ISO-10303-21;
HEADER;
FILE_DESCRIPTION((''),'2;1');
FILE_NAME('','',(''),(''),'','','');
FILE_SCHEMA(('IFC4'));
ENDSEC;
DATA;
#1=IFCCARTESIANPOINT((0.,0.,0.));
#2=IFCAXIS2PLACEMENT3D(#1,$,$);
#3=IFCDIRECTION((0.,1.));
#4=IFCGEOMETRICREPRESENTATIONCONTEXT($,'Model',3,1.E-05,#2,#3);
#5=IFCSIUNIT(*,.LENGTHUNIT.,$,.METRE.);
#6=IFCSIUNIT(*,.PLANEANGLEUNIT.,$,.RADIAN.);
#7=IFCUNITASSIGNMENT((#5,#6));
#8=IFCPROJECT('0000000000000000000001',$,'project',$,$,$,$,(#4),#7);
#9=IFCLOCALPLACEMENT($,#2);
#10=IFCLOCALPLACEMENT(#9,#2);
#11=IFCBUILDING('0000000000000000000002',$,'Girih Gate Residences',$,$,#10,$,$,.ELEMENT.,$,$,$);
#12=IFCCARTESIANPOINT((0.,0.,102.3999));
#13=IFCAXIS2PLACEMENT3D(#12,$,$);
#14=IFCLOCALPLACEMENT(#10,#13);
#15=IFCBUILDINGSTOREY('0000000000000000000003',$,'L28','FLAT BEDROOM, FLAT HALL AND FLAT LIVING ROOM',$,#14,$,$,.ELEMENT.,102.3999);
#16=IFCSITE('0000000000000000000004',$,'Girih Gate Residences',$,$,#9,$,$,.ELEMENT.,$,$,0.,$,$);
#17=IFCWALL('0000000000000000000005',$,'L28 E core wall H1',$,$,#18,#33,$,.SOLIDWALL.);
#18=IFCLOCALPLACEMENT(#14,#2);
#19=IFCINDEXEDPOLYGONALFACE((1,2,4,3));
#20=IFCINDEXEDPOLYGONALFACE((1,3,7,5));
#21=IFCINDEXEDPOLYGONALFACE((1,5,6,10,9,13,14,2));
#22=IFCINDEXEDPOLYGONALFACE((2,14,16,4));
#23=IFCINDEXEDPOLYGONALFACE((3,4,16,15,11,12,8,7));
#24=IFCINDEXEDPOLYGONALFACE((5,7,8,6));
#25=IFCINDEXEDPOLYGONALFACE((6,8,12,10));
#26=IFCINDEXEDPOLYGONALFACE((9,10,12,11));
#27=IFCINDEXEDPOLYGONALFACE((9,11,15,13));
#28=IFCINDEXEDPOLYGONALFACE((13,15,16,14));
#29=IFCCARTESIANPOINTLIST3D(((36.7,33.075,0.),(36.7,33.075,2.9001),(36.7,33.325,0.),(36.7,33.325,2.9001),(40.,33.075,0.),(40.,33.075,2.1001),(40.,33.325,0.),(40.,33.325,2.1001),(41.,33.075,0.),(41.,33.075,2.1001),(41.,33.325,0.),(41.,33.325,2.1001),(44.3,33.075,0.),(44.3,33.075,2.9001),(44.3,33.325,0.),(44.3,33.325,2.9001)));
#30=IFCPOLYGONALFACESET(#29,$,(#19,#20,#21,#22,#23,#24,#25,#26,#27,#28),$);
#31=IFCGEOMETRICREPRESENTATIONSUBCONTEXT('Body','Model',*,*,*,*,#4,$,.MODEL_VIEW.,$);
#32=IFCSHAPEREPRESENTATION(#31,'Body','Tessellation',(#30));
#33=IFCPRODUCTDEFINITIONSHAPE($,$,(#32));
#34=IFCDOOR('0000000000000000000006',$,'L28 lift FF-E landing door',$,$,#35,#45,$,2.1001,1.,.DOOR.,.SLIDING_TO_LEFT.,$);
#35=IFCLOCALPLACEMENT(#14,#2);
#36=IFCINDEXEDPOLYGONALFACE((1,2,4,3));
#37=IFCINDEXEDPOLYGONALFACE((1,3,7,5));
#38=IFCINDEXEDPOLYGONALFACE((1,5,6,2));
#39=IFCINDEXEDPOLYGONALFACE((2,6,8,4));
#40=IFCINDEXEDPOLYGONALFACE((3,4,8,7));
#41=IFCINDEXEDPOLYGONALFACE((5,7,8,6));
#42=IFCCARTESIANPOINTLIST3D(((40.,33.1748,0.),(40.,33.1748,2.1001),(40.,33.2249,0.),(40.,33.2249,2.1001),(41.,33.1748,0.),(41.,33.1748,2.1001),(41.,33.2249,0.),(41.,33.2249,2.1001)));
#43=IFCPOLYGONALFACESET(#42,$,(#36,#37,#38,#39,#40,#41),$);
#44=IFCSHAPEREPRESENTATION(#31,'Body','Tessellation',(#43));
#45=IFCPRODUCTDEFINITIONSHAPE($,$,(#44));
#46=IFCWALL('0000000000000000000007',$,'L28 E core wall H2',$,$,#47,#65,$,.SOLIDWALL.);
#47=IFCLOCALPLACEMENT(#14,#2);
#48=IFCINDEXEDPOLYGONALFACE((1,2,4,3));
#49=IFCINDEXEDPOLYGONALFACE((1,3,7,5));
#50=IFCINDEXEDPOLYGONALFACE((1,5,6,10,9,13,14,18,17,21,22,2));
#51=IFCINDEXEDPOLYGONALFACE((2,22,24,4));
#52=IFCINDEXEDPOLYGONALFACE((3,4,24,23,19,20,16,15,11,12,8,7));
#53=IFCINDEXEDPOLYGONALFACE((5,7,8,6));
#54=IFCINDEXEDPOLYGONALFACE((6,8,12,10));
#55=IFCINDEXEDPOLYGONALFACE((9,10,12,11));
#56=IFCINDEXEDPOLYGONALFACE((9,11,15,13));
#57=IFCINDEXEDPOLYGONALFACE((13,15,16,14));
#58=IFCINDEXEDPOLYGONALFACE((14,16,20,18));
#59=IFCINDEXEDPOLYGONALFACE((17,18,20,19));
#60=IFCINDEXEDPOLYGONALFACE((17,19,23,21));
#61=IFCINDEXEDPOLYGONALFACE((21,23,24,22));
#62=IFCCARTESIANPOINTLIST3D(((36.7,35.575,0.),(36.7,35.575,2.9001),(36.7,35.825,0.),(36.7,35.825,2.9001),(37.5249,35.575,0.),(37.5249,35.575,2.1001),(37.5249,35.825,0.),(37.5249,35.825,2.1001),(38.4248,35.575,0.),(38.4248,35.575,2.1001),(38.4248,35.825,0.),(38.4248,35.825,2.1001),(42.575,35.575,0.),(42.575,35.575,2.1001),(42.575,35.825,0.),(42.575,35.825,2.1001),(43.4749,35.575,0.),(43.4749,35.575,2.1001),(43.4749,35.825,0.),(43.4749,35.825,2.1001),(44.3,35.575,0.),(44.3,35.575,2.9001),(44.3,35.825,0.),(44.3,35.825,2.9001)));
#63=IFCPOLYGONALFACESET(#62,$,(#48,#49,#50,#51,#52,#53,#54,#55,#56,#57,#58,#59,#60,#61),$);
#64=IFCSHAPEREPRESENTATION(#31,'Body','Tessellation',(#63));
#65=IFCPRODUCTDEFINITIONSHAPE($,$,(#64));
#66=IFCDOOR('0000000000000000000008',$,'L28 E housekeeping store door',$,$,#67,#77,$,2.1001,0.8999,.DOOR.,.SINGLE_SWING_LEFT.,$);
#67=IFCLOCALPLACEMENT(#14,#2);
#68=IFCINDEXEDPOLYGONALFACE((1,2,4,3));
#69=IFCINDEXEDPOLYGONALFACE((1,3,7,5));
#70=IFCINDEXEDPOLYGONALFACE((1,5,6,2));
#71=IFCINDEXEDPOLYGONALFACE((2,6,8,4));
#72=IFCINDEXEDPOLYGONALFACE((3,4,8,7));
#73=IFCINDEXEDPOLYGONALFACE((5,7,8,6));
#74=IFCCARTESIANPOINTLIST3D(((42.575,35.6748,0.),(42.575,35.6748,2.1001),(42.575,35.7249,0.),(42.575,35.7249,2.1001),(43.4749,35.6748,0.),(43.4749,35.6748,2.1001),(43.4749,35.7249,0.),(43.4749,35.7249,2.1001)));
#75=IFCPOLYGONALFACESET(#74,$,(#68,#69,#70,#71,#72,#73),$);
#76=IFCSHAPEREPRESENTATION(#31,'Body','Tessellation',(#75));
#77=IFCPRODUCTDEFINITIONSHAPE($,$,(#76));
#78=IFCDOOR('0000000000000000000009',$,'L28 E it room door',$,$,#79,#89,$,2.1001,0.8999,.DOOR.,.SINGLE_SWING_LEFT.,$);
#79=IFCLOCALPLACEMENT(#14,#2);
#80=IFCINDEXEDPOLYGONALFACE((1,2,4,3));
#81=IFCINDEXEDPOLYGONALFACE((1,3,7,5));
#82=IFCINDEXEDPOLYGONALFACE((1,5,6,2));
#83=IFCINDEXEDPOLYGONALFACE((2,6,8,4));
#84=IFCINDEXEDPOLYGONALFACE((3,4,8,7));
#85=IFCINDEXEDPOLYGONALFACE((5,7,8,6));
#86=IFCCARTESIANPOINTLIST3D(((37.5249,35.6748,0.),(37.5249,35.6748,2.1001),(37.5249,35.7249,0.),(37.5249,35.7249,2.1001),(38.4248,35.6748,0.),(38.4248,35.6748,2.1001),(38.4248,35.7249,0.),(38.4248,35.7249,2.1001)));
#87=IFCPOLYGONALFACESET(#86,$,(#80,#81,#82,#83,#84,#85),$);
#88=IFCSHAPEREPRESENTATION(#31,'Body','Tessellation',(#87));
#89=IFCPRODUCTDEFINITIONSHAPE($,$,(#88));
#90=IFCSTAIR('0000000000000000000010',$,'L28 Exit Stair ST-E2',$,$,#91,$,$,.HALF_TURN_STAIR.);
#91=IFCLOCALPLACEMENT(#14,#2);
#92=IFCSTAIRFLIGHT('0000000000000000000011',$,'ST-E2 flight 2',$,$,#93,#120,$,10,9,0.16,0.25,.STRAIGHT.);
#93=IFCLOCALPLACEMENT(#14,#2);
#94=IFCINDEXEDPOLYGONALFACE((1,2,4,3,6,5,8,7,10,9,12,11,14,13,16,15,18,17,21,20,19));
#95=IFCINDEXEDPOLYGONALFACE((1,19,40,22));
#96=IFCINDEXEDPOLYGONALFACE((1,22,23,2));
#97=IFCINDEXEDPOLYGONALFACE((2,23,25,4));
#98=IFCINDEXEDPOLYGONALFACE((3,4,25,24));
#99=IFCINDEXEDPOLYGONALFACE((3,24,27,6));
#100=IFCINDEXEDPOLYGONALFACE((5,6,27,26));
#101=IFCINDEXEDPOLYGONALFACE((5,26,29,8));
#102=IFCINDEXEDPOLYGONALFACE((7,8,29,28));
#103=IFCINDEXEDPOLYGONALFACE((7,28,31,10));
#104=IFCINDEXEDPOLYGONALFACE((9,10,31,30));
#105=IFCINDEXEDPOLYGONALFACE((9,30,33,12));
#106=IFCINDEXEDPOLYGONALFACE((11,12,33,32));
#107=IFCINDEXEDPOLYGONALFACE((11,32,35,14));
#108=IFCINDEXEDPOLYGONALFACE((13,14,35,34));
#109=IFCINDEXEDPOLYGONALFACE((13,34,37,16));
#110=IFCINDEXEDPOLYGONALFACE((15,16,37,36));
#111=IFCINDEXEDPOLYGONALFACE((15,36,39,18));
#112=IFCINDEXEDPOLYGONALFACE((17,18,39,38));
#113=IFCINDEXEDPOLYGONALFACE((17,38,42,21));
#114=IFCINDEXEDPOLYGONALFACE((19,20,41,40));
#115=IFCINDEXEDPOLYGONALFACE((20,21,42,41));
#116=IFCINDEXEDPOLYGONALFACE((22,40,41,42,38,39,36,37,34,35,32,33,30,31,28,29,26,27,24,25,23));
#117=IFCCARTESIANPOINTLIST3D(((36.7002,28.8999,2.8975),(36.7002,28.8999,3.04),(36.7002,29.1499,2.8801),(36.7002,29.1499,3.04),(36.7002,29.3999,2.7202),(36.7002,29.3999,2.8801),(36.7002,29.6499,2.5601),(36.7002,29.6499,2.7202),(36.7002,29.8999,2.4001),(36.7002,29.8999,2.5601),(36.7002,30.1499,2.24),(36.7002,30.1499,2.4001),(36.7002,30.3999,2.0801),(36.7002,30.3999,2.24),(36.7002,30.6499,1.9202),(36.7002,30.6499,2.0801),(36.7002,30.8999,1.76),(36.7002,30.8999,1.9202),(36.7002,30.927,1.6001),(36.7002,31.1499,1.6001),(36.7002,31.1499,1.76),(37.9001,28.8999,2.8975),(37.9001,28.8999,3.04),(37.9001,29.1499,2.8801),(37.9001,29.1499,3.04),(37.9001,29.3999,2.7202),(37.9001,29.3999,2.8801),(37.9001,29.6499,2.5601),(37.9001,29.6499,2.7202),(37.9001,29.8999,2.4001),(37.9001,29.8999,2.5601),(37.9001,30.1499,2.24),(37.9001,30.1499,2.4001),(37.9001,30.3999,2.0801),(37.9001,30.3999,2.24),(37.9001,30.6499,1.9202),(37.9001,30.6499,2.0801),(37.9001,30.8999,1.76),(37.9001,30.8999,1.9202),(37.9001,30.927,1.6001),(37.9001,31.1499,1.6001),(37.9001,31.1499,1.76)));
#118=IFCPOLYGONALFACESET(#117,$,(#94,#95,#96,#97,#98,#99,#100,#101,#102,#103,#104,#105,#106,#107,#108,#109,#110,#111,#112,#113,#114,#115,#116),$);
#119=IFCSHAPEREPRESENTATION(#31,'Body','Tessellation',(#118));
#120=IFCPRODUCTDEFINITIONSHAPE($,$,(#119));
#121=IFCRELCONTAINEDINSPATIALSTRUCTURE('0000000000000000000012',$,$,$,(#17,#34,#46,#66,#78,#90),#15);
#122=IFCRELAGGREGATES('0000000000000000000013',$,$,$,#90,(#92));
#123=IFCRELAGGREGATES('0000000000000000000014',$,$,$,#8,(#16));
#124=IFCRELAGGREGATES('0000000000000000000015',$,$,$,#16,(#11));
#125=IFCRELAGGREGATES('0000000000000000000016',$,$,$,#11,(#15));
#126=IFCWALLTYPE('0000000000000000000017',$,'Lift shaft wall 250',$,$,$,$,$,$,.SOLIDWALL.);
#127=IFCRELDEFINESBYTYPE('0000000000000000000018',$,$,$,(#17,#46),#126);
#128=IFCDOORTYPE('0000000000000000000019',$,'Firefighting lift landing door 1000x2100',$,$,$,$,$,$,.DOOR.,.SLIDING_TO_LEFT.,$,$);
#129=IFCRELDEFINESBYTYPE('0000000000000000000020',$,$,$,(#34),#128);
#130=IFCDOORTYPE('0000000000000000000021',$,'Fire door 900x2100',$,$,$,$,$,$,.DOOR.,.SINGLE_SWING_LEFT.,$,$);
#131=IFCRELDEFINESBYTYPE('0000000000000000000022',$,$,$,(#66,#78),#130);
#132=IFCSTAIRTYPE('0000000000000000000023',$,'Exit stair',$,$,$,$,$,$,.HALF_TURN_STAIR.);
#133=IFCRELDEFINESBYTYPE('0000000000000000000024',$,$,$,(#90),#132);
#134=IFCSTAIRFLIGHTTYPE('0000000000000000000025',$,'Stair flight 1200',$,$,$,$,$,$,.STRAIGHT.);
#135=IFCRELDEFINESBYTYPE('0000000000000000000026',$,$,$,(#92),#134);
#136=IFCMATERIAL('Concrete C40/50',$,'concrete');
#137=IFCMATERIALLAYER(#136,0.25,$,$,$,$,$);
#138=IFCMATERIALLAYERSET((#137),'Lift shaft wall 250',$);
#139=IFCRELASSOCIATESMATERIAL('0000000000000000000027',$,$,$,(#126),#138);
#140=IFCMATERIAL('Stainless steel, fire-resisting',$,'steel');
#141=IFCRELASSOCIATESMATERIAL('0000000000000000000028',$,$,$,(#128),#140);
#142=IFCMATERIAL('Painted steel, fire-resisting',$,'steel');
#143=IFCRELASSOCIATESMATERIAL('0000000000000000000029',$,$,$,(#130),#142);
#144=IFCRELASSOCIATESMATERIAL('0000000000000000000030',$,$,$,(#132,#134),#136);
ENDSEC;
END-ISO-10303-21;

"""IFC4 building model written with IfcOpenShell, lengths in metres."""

from ifc_helpers import new_model, si_unit, direction, frame, frame_2d, origin, place, context, subcontext, project, spatial, polyline, rectangle, outline, extrude, material, layer, layer_set, type_object, element, fill, aggregate, save


model = new_model("IFC4")

# Units and contexts
model_context = context("Model", 3, precision=1e-05, world=origin(), true_north=direction((0.0, 1.0)))
body_context = subcontext(model_context, "Body", "Model", "MODEL_VIEW")
ifc_project = project(units=[si_unit("LENGTHUNIT", "METRE"), si_unit("PLANEANGLEUNIT", "RADIAN")], contexts=[model_context])

# Site, building, storey
site_placement = place(None, origin())
site = spatial("IfcSite", under=ifc_project, at=site_placement, Name="Girih Gate Residences", CompositionType="ELEMENT", RefElevation=0.0)
building_placement = place(site_placement, origin())
building = spatial("IfcBuilding", under=site, at=building_placement, Name="Girih Gate Residences", CompositionType="ELEMENT")
storey_placement = place(building_placement, frame((0.0, 0.0, 102.3999)))
storey = spatial("IfcBuildingStorey", under=building, at=storey_placement, Name="L28", Description="FLAT BEDROOM, FLAT HALL AND FLAT LIVING ROOM", CompositionType="ELEMENT", Elevation=102.3999)

# Shared definitions
ifc_material_1 = material(Name="Painted steel, fire-resisting", Category="steel")

# Wall, opening, door
ifc_material_2 = material(Name="Concrete C40/50", Category="concrete")
ifc_layer_1 = layer(ifc_material_2, 0.25)
ifc_layer_set_1 = layer_set([ifc_layer_1], Name="Lift shaft wall 250")
wall_type_1 = type_object("IfcWallType", Name="Lift shaft wall 250", PredefinedType="SOLIDWALL", material=ifc_layer_set_1)
wall_1_placement = place(storey_placement, frame((36.7, 33.2, 0.0), z_axis=(0.0, 0.0, 1.0), x_axis=(1.0, 0.0, 0.0)))
wall_1 = element("IfcWall", 1, at=wall_1_placement, inside=storey, type_object=wall_type_1, Name="L28 E core wall H1", PredefinedType="SOLIDWALL", context=body_context, shape_type="SweptSolid", body=[
    extrude(rectangle(XDim=7.6001, YDim=0.25, at=frame_2d((3.8, 0.0))), origin(), (0.0, 0.0, 1.0), 2.9001),
])
opening_1_placement = place(wall_1_placement, frame((3.3, 0.0, 0.0)))
opening_1 = element("IfcOpeningElement", 2, at=opening_1_placement, cuts=wall_1, PredefinedType="OPENING", context=body_context, shape_type="SweptSolid", body=[
    extrude(rectangle(XDim=1.0, YDim=2.1001, at=frame_2d((0.5, 1.05))), frame((0.0, 0.135, 0.0), z_axis=(0.0, -1.0, 0.0), x_axis=(1.0, 0.0, 0.0)), (0.0, 0.0, 1.0), 0.27),
])
ifc_material_3 = material(Name="Stainless steel, fire-resisting", Category="steel")
door_type_1 = type_object("IfcDoorType", Name="Firefighting lift landing door 1000x2100", OperationType="SLIDING_TO_LEFT", PredefinedType="DOOR", material=ifc_material_3)
door_1_placement = place(opening_1_placement, origin())
door_1 = element("IfcDoor", 3, at=door_1_placement, inside=storey, type_object=door_type_1, Name="L28 lift FF-E landing door", OperationType="SLIDING_TO_LEFT", OverallHeight=2.1001, OverallWidth=1.0, PredefinedType="DOOR", context=body_context, shape_type="SweptSolid", body=[
    extrude(rectangle(XDim=1.0, YDim=2.1001, at=frame_2d((0.5, 1.05))), frame((0.0, 0.0249, 0.0), z_axis=(0.0, -1.0, 0.0), x_axis=(1.0, 0.0, 0.0)), (0.0, 0.0, 1.0), 0.05),
])
fill(opening_1, door_1)

# Wall, openings, doors
wall_2_placement = place(storey_placement, frame((36.7, 35.7, 0.0), z_axis=(0.0, 0.0, 1.0), x_axis=(1.0, 0.0, 0.0)))
wall_2 = element("IfcWall", 4, at=wall_2_placement, inside=storey, type_object=wall_type_1, Name="L28 E core wall H2", PredefinedType="SOLIDWALL", context=body_context, shape_type="SweptSolid", body=[
    extrude(rectangle(XDim=7.6001, YDim=0.25, at=frame_2d((3.8, 0.0))), origin(), (0.0, 0.0, 1.0), 2.9001),
])
opening_2_placement = place(wall_2_placement, frame((5.875, 0.0, 0.0)))
opening_2 = element("IfcOpeningElement", 5, at=opening_2_placement, cuts=wall_2, PredefinedType="OPENING", context=body_context, shape_type="SweptSolid", body=[
    extrude(rectangle(XDim=0.8999, YDim=2.1001, at=frame_2d((0.45, 1.05))), frame((0.0, 0.135, 0.0), z_axis=(0.0, -1.0, 0.0), x_axis=(1.0, 0.0, 0.0)), (0.0, 0.0, 1.0), 0.27),
])
opening_3_placement = place(wall_2_placement, frame((0.825, 0.0, 0.0)))
opening_3 = element("IfcOpeningElement", 6, at=opening_3_placement, cuts=wall_2, PredefinedType="OPENING", context=body_context, shape_type="SweptSolid", body=[
    extrude(rectangle(XDim=0.8999, YDim=2.1001, at=frame_2d((0.45, 1.05))), frame((0.0, 0.135, 0.0), z_axis=(0.0, -1.0, 0.0), x_axis=(1.0, 0.0, 0.0)), (0.0, 0.0, 1.0), 0.27),
])
door_type_2 = type_object("IfcDoorType", Name="Fire door 900x2100", OperationType="SINGLE_SWING_LEFT", PredefinedType="DOOR", material=ifc_material_1)
door_2_placement = place(opening_2_placement, origin())
door_2 = element("IfcDoor", 7, at=door_2_placement, inside=storey, type_object=door_type_2, Name="L28 E housekeeping store door", OperationType="SINGLE_SWING_LEFT", OverallHeight=2.1001, OverallWidth=0.8999, PredefinedType="DOOR", context=body_context, shape_type="SweptSolid", body=[
    extrude(rectangle(XDim=0.8999, YDim=2.1001, at=frame_2d((0.45, 1.05))), frame((0.0, 0.0249, 0.0), z_axis=(0.0, -1.0, 0.0), x_axis=(1.0, 0.0, 0.0)), (0.0, 0.0, 1.0), 0.05),
])
fill(opening_2, door_2)
door_3_placement = place(opening_3_placement, origin())
door_3 = element("IfcDoor", 8, at=door_3_placement, inside=storey, type_object=door_type_2, Name="L28 E it room door", OperationType="SINGLE_SWING_LEFT", OverallHeight=2.1001, OverallWidth=0.8999, PredefinedType="DOOR", context=body_context, shape_type="SweptSolid", body=[
    extrude(rectangle(XDim=0.8999, YDim=2.1001, at=frame_2d((0.45, 1.05))), frame((0.0, 0.0249, 0.0), z_axis=(0.0, -1.0, 0.0), x_axis=(1.0, 0.0, 0.0)), (0.0, 0.0, 1.0), 0.05),
])
fill(opening_3, door_3)

# Stair, stair flight
stair_type = type_object("IfcStairType", Name="Exit stair", PredefinedType="HALF_TURN_STAIR", material=ifc_material_2)
stair_placement = place(storey_placement, origin())
stair = element("IfcStair", 9, at=stair_placement, inside=storey, type_object=stair_type, Name="L28 Exit Stair ST-E2", PredefinedType="HALF_TURN_STAIR")
stair_flight_type = type_object("IfcStairFlightType", Name="Stair flight 1200", PredefinedType="STRAIGHT", material=ifc_material_2)
stair_flight_placement = place(storey_placement, frame((37.3, 31.1499, 1.6001), z_axis=(0.0, 0.0, 1.0), x_axis=(0.0, -1.0, 0.0)))
stair_flight = element("IfcStairFlight", 10, at=stair_flight_placement, type_object=stair_flight_type, Name="ST-E2 flight 2", NumberOfRisers=10, NumberOfTreads=9, PredefinedType="STRAIGHT", RiserHeight=0.16, TreadLength=0.25, context=body_context, shape_type="SweptSolid", body=[
    extrude(outline(polyline([(0.0, 0.0), (0.0, 0.1599), (0.25, 0.1599), (0.25, 0.3201), (0.5, 0.3201), (0.5, 0.48), (0.75, 0.48), (0.75, 0.6399), (1.0, 0.6399), (1.0, 0.8), (1.25, 0.8), (1.25, 0.96), (1.5, 0.96), (1.5, 1.1201), (1.75, 1.1201), (1.75, 1.28), (2.0, 1.28), (2.0, 1.4399), (2.25, 1.4399), (2.25, 1.6001), (2.25, 1.2974), (0.2229, 0.0), (0.0, 0.0)])), frame((0.0, 0.6001, 0.0), z_axis=(0.0, -1.0, 0.0), x_axis=(1.0, 0.0, 0.0)), (0.0, 0.0, 1.0), 1.2),
])
aggregate(stair, [stair_flight])

save(model, "model.ifc")
